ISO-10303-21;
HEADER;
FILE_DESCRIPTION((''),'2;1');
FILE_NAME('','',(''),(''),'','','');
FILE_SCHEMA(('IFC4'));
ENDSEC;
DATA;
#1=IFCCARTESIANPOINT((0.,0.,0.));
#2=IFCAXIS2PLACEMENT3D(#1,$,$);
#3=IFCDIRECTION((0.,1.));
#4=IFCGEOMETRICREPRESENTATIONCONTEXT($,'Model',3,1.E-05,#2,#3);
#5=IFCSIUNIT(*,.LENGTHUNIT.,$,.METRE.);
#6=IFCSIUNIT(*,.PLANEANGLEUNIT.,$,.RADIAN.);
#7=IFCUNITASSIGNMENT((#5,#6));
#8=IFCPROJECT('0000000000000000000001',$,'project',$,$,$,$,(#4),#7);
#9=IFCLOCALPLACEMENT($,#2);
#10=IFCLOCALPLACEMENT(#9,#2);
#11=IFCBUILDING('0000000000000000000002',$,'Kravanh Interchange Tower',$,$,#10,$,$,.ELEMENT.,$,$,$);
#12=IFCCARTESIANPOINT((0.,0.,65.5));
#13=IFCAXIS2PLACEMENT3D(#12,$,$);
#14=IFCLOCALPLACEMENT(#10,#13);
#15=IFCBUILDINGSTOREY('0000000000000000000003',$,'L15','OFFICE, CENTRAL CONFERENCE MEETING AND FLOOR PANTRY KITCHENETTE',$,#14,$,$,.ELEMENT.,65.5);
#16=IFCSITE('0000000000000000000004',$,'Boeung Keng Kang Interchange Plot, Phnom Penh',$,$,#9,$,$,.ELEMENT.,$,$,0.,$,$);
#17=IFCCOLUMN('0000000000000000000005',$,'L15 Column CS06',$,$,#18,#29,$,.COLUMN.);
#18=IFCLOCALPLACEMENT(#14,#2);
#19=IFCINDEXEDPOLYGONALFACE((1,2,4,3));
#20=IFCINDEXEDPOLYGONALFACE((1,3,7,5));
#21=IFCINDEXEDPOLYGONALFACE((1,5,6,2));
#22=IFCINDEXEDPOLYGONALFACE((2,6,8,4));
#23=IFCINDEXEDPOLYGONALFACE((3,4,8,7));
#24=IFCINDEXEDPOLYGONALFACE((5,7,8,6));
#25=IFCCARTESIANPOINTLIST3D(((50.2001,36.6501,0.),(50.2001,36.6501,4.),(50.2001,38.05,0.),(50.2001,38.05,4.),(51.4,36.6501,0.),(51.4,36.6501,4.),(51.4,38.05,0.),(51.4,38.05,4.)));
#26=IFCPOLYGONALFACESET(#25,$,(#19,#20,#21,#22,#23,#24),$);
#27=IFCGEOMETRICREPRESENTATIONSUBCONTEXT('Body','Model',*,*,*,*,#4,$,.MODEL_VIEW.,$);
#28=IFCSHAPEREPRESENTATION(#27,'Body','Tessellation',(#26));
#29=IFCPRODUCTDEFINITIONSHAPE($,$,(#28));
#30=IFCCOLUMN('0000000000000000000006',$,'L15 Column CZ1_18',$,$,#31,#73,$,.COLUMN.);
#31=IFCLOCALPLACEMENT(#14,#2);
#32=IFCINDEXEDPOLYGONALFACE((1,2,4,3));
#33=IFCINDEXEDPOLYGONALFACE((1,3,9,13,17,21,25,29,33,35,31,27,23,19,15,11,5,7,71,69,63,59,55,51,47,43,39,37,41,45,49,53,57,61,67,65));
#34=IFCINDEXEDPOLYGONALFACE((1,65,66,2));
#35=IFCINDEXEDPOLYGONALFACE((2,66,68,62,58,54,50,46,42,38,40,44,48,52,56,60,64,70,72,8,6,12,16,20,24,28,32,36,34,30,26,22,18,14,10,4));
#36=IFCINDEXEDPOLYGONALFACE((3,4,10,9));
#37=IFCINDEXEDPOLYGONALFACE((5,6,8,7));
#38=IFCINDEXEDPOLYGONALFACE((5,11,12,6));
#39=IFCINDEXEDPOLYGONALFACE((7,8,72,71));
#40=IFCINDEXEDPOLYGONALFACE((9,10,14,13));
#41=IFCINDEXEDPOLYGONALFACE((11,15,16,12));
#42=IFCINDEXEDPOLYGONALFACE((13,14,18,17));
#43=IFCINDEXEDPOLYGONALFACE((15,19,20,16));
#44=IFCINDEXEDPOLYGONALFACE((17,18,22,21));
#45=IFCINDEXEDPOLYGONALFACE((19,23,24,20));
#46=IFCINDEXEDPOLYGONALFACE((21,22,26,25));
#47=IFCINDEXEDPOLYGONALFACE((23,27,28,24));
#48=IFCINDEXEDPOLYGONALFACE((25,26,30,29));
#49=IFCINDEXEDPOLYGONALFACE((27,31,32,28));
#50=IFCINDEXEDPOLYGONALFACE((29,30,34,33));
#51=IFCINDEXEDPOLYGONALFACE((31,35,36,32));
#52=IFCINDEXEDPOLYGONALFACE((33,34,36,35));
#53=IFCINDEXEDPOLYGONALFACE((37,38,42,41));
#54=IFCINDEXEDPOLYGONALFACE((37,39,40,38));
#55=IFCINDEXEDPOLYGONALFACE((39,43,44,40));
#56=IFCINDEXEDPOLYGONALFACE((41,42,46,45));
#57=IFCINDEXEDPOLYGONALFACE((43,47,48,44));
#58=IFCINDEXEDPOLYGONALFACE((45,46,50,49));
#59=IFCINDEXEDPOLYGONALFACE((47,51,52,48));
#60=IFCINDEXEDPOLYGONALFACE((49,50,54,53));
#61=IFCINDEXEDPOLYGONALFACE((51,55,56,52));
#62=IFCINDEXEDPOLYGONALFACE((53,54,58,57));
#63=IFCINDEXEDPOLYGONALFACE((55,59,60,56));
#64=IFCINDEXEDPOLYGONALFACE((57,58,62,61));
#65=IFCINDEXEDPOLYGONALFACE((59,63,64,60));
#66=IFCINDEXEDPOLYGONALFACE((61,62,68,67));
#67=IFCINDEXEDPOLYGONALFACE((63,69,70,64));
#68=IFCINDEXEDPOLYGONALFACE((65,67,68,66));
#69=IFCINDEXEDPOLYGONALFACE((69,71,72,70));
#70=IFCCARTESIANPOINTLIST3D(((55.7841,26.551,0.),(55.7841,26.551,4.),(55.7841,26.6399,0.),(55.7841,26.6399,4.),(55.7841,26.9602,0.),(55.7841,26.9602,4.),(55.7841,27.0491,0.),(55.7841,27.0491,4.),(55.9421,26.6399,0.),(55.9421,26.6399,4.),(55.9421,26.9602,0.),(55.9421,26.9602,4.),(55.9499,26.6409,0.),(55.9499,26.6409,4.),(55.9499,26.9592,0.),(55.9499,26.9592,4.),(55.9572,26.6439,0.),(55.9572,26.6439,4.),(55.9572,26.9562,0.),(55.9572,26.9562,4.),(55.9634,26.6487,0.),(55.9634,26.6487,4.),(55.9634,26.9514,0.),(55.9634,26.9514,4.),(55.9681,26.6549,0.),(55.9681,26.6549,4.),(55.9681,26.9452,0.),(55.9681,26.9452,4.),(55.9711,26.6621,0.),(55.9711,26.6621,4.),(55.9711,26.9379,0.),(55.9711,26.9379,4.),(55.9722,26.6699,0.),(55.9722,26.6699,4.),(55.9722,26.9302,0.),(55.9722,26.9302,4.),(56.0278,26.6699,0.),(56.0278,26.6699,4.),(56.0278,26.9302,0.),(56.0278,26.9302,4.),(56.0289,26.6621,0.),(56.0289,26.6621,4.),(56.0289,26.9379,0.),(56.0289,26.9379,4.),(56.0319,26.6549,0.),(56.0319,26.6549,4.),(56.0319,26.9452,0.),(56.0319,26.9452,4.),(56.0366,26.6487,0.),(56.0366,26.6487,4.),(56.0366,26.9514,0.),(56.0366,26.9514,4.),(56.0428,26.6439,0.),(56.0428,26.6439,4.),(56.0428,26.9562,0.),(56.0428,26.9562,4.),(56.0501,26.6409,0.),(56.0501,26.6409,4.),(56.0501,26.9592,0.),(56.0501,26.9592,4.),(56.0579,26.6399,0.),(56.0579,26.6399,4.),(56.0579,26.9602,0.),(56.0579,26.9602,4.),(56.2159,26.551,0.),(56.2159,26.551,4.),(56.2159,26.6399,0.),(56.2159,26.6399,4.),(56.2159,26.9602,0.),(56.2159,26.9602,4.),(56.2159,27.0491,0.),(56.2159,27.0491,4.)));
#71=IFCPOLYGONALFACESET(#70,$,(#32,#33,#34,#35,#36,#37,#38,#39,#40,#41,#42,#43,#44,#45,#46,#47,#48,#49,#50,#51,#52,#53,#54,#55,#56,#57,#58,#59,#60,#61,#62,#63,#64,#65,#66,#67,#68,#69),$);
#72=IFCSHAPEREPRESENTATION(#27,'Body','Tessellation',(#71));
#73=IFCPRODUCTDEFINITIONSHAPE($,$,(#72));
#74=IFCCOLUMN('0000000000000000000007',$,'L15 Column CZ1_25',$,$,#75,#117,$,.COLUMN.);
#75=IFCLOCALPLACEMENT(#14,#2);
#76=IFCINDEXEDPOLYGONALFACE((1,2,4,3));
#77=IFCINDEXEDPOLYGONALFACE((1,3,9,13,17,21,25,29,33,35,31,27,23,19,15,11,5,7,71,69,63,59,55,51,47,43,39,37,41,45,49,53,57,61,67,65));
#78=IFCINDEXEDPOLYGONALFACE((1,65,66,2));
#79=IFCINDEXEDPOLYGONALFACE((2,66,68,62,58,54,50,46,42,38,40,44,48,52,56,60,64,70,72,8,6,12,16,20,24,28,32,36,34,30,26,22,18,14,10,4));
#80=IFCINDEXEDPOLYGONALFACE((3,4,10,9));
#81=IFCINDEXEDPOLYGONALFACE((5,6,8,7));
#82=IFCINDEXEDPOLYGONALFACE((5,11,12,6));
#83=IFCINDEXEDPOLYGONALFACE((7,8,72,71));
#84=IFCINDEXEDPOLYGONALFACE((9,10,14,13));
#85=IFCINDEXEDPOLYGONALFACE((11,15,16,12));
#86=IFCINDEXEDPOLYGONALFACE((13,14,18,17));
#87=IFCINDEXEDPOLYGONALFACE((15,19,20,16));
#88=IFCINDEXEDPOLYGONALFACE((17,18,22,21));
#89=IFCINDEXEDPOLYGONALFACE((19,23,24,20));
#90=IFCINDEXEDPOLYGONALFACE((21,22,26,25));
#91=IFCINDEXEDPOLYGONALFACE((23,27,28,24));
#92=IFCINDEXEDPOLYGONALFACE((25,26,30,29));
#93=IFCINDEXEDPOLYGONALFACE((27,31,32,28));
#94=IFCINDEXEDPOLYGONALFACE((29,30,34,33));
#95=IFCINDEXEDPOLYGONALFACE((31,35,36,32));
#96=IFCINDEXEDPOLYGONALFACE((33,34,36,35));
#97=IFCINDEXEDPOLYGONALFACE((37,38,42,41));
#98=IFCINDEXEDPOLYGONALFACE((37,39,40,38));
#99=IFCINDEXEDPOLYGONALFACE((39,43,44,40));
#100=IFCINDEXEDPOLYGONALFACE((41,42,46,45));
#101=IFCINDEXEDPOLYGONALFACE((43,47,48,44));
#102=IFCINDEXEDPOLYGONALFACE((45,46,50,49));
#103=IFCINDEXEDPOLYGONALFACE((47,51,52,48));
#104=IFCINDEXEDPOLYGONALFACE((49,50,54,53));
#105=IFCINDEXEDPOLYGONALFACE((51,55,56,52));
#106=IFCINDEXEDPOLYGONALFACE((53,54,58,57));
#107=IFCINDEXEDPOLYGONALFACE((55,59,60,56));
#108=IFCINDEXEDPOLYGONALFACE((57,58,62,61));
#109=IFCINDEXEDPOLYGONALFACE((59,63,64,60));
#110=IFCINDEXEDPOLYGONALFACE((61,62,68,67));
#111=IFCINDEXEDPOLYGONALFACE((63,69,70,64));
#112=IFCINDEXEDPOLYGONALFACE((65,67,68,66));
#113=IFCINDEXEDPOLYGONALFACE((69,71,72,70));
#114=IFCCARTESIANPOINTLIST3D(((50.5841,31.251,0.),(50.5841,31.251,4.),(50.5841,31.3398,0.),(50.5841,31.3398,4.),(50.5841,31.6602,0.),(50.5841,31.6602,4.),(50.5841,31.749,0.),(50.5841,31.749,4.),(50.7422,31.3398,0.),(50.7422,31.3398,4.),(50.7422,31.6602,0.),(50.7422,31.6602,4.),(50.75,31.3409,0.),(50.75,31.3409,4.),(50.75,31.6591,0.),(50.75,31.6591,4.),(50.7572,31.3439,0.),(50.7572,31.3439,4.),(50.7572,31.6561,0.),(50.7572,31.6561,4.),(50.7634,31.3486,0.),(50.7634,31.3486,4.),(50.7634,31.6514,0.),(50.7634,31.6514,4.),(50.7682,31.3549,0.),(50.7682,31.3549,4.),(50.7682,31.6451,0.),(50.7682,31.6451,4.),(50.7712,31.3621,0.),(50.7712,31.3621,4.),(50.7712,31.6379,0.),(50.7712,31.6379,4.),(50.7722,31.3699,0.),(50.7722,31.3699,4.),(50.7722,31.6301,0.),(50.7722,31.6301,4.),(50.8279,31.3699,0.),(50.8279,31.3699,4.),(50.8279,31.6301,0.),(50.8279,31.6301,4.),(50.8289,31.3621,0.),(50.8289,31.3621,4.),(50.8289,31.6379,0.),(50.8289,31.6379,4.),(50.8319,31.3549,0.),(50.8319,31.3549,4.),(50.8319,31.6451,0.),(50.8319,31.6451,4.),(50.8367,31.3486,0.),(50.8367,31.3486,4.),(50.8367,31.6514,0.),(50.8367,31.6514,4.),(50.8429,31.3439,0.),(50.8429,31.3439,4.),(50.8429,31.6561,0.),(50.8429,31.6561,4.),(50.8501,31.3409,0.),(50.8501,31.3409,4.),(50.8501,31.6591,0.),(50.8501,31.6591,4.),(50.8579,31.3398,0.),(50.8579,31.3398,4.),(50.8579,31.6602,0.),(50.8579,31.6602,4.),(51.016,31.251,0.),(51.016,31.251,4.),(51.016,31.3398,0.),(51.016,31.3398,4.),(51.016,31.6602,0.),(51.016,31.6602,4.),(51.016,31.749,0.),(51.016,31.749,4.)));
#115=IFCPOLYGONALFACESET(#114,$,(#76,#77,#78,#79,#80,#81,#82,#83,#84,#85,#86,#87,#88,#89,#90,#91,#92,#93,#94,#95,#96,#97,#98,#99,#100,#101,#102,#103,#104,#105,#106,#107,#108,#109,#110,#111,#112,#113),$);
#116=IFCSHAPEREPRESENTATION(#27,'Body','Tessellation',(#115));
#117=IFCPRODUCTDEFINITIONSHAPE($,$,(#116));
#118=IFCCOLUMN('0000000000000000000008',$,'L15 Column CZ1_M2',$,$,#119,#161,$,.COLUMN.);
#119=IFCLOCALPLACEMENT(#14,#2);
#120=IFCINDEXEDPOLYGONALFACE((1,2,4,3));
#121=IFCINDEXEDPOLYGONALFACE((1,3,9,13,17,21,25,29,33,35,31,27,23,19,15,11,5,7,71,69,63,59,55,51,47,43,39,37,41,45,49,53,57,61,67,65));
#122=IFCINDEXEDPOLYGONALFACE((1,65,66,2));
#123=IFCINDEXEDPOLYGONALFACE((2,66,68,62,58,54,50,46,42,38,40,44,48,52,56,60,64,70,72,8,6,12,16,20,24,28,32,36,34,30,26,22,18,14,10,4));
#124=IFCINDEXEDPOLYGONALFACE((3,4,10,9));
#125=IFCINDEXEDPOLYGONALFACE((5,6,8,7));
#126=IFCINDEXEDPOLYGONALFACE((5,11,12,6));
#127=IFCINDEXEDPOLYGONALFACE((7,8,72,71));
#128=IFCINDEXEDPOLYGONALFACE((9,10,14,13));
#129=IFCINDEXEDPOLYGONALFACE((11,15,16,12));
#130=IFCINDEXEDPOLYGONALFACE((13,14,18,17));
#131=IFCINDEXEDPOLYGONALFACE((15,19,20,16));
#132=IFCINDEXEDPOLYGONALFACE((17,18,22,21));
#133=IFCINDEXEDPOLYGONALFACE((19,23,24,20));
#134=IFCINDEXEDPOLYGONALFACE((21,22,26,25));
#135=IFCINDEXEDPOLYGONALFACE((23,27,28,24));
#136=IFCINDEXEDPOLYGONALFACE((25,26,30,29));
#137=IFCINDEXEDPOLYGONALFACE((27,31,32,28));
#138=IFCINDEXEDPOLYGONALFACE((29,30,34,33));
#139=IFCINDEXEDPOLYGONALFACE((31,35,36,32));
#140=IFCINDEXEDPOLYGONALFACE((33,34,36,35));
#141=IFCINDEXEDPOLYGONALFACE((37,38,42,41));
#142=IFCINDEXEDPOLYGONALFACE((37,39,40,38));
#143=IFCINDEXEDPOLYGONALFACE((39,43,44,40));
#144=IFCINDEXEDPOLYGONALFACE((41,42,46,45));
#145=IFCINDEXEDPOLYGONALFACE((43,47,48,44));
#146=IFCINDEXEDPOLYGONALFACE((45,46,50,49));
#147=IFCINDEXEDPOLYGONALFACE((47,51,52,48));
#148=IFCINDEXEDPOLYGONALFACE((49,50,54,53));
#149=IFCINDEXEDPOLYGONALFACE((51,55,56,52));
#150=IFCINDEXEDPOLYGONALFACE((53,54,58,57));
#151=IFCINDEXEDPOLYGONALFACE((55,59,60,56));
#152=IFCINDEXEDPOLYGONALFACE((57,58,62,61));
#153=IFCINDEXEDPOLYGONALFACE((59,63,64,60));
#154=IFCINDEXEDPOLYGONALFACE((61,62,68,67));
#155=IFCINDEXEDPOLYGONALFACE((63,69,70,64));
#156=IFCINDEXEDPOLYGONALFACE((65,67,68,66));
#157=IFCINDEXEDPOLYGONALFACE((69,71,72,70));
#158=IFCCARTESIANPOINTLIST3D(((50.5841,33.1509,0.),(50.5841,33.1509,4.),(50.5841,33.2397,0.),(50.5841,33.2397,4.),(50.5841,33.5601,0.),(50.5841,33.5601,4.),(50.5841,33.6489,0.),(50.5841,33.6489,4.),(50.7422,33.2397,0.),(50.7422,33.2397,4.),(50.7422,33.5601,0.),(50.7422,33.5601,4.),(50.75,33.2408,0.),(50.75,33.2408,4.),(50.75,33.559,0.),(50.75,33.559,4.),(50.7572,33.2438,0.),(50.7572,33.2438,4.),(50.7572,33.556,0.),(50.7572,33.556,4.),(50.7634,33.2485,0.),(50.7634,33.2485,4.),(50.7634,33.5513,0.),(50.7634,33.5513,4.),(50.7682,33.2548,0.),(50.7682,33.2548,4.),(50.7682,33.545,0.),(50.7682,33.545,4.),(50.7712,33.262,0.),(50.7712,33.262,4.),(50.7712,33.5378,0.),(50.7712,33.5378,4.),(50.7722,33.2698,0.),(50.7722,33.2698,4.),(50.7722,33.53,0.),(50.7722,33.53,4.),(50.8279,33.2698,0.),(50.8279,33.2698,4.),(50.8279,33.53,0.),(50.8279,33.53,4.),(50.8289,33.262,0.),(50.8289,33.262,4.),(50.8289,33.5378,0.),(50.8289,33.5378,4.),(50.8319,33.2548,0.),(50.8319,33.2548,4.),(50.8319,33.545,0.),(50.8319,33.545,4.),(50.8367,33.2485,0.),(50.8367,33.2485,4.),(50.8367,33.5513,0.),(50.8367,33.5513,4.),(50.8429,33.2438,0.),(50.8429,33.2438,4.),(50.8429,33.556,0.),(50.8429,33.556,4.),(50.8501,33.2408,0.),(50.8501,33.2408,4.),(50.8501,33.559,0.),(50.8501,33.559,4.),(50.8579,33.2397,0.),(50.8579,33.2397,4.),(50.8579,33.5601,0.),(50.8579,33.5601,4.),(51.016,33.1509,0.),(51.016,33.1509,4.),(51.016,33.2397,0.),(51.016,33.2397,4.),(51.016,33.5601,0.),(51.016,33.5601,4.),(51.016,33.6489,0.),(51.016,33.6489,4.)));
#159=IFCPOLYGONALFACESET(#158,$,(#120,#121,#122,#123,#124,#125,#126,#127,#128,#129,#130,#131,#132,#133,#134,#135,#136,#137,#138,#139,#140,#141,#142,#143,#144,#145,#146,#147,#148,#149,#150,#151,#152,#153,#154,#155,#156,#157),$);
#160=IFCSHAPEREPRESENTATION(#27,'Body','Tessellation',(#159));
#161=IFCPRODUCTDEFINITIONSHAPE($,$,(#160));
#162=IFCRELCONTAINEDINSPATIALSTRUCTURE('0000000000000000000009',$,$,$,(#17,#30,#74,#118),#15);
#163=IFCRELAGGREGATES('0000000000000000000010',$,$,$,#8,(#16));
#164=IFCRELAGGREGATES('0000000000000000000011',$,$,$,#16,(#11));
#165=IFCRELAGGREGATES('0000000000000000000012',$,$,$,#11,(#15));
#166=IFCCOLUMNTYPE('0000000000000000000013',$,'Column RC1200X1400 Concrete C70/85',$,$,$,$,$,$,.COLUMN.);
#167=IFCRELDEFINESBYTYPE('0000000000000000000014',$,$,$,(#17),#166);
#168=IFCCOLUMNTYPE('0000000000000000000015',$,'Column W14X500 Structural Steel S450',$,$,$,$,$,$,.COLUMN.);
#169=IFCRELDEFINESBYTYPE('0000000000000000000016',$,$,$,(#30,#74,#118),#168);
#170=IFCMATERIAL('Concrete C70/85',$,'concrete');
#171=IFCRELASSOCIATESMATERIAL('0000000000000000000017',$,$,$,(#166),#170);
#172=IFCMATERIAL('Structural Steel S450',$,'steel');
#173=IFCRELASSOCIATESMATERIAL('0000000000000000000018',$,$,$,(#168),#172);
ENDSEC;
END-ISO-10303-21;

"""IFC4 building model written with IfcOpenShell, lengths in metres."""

from ifc_helpers import new_model, si_unit, direction, frame, origin, origin_2d, place, context, subcontext, project, spatial, rectangle, i_section, extrude, material, material_profile, profile_set, type_object, element, save


model = new_model("IFC4")

# Units and contexts
model_context = context("Model", 3, precision=1e-05, world=origin(), true_north=direction((0.0, 1.0)))
body_context = subcontext(model_context, "Body", "Model", "MODEL_VIEW")
ifc_project = project(units=[si_unit("LENGTHUNIT", "METRE"), si_unit("PLANEANGLEUNIT", "RADIAN")], contexts=[model_context])

# Site, building, storey
site_placement = place(None, origin())
site = spatial("IfcSite", under=ifc_project, at=site_placement, Name="Boeung Keng Kang Interchange Plot, Phnom Penh", CompositionType="ELEMENT", RefElevation=0.0)
building_placement = place(site_placement, origin())
building = spatial("IfcBuilding", under=site, at=building_placement, Name="Kravanh Interchange Tower", CompositionType="ELEMENT")
storey_placement = place(building_placement, frame((0.0, 0.0, 65.5)))
storey = spatial("IfcBuildingStorey", under=building, at=storey_placement, Name="L15", Description="OFFICE, CENTRAL CONFERENCE MEETING AND FLOOR PANTRY KITCHENETTE", CompositionType="ELEMENT", Elevation=65.5)

# Columns
ifc_material_1 = material(Name="Concrete C70/85", Category="concrete")
ifc_material_profile_1 = material_profile(ifc_material_1, rectangle(XDim=1.2, YDim=1.3999, at=origin_2d()), Name="RC1200X1400")
ifc_profile_set_1 = profile_set([ifc_material_profile_1], Name="Concrete C70/85")
column_type_1 = type_object("IfcColumnType", Name="Column RC1200X1400 Concrete C70/85", PredefinedType="COLUMN", material=ifc_profile_set_1)
column_placement = place(storey_placement, frame((50.8, 37.3501, 0.0), z_axis=(0.0, 0.0, 1.0), x_axis=(1.0, 0.0, 0.0)))
element("IfcColumn", 1, at=column_placement, inside=storey, type_object=column_type_1, Name="L15 Column CS06", PredefinedType="COLUMN", context=body_context, shape_type="SweptSolid", body=[
    extrude(rectangle(XDim=1.2, YDim=1.3999, at=origin_2d()), origin(), (0.0, 0.0, 1.0), 4.0),
])
ifc_material_2 = material(Name="Structural Steel S450", Category="steel")
ifc_material_profile_2 = material_profile(ifc_material_2, i_section(OverallWidth=0.4319, OverallDepth=0.498, WebThickness=0.0557, FlangeThickness=0.0889, FilletRadius=0.03, at=origin_2d()), Name="W14X500")
ifc_profile_set_2 = profile_set([ifc_material_profile_2], Name="Structural Steel S450")
column_type_2 = type_object("IfcColumnType", Name="Column W14X500 Structural Steel S450", PredefinedType="COLUMN", material=ifc_profile_set_2)
for number, where, z_axis, x_axis, name in (
    (2, (56.0, 26.8, 0.0), (0.0, 0.0, 1.0), (1.0, 0.0, 0.0), "L15 Column CZ1_18"),
    (3, (50.8, 31.5, 0.0), (0.0, 0.0, 1.0), (1.0, 0.0, 0.0), "L15 Column CZ1_25"),
    (4, (50.8, 33.3999, 0.0), (0.0, 0.0, 1.0), (1.0, 0.0, 0.0), "L15 Column CZ1_M2"),
):
    element("IfcColumn", number, at=place(storey_placement, frame(where, z_axis=z_axis, x_axis=x_axis)), inside=storey, type_object=column_type_2, Name=name, PredefinedType="COLUMN", context=body_context, shape_type="SweptSolid", body=[
        extrude(i_section(OverallWidth=0.4319, OverallDepth=0.498, WebThickness=0.0557, FlangeThickness=0.0889, FilletRadius=0.03, at=origin_2d()), origin(), (0.0, 0.0, 1.0), 4.0),
    ])

save(model, "model.ifc")
